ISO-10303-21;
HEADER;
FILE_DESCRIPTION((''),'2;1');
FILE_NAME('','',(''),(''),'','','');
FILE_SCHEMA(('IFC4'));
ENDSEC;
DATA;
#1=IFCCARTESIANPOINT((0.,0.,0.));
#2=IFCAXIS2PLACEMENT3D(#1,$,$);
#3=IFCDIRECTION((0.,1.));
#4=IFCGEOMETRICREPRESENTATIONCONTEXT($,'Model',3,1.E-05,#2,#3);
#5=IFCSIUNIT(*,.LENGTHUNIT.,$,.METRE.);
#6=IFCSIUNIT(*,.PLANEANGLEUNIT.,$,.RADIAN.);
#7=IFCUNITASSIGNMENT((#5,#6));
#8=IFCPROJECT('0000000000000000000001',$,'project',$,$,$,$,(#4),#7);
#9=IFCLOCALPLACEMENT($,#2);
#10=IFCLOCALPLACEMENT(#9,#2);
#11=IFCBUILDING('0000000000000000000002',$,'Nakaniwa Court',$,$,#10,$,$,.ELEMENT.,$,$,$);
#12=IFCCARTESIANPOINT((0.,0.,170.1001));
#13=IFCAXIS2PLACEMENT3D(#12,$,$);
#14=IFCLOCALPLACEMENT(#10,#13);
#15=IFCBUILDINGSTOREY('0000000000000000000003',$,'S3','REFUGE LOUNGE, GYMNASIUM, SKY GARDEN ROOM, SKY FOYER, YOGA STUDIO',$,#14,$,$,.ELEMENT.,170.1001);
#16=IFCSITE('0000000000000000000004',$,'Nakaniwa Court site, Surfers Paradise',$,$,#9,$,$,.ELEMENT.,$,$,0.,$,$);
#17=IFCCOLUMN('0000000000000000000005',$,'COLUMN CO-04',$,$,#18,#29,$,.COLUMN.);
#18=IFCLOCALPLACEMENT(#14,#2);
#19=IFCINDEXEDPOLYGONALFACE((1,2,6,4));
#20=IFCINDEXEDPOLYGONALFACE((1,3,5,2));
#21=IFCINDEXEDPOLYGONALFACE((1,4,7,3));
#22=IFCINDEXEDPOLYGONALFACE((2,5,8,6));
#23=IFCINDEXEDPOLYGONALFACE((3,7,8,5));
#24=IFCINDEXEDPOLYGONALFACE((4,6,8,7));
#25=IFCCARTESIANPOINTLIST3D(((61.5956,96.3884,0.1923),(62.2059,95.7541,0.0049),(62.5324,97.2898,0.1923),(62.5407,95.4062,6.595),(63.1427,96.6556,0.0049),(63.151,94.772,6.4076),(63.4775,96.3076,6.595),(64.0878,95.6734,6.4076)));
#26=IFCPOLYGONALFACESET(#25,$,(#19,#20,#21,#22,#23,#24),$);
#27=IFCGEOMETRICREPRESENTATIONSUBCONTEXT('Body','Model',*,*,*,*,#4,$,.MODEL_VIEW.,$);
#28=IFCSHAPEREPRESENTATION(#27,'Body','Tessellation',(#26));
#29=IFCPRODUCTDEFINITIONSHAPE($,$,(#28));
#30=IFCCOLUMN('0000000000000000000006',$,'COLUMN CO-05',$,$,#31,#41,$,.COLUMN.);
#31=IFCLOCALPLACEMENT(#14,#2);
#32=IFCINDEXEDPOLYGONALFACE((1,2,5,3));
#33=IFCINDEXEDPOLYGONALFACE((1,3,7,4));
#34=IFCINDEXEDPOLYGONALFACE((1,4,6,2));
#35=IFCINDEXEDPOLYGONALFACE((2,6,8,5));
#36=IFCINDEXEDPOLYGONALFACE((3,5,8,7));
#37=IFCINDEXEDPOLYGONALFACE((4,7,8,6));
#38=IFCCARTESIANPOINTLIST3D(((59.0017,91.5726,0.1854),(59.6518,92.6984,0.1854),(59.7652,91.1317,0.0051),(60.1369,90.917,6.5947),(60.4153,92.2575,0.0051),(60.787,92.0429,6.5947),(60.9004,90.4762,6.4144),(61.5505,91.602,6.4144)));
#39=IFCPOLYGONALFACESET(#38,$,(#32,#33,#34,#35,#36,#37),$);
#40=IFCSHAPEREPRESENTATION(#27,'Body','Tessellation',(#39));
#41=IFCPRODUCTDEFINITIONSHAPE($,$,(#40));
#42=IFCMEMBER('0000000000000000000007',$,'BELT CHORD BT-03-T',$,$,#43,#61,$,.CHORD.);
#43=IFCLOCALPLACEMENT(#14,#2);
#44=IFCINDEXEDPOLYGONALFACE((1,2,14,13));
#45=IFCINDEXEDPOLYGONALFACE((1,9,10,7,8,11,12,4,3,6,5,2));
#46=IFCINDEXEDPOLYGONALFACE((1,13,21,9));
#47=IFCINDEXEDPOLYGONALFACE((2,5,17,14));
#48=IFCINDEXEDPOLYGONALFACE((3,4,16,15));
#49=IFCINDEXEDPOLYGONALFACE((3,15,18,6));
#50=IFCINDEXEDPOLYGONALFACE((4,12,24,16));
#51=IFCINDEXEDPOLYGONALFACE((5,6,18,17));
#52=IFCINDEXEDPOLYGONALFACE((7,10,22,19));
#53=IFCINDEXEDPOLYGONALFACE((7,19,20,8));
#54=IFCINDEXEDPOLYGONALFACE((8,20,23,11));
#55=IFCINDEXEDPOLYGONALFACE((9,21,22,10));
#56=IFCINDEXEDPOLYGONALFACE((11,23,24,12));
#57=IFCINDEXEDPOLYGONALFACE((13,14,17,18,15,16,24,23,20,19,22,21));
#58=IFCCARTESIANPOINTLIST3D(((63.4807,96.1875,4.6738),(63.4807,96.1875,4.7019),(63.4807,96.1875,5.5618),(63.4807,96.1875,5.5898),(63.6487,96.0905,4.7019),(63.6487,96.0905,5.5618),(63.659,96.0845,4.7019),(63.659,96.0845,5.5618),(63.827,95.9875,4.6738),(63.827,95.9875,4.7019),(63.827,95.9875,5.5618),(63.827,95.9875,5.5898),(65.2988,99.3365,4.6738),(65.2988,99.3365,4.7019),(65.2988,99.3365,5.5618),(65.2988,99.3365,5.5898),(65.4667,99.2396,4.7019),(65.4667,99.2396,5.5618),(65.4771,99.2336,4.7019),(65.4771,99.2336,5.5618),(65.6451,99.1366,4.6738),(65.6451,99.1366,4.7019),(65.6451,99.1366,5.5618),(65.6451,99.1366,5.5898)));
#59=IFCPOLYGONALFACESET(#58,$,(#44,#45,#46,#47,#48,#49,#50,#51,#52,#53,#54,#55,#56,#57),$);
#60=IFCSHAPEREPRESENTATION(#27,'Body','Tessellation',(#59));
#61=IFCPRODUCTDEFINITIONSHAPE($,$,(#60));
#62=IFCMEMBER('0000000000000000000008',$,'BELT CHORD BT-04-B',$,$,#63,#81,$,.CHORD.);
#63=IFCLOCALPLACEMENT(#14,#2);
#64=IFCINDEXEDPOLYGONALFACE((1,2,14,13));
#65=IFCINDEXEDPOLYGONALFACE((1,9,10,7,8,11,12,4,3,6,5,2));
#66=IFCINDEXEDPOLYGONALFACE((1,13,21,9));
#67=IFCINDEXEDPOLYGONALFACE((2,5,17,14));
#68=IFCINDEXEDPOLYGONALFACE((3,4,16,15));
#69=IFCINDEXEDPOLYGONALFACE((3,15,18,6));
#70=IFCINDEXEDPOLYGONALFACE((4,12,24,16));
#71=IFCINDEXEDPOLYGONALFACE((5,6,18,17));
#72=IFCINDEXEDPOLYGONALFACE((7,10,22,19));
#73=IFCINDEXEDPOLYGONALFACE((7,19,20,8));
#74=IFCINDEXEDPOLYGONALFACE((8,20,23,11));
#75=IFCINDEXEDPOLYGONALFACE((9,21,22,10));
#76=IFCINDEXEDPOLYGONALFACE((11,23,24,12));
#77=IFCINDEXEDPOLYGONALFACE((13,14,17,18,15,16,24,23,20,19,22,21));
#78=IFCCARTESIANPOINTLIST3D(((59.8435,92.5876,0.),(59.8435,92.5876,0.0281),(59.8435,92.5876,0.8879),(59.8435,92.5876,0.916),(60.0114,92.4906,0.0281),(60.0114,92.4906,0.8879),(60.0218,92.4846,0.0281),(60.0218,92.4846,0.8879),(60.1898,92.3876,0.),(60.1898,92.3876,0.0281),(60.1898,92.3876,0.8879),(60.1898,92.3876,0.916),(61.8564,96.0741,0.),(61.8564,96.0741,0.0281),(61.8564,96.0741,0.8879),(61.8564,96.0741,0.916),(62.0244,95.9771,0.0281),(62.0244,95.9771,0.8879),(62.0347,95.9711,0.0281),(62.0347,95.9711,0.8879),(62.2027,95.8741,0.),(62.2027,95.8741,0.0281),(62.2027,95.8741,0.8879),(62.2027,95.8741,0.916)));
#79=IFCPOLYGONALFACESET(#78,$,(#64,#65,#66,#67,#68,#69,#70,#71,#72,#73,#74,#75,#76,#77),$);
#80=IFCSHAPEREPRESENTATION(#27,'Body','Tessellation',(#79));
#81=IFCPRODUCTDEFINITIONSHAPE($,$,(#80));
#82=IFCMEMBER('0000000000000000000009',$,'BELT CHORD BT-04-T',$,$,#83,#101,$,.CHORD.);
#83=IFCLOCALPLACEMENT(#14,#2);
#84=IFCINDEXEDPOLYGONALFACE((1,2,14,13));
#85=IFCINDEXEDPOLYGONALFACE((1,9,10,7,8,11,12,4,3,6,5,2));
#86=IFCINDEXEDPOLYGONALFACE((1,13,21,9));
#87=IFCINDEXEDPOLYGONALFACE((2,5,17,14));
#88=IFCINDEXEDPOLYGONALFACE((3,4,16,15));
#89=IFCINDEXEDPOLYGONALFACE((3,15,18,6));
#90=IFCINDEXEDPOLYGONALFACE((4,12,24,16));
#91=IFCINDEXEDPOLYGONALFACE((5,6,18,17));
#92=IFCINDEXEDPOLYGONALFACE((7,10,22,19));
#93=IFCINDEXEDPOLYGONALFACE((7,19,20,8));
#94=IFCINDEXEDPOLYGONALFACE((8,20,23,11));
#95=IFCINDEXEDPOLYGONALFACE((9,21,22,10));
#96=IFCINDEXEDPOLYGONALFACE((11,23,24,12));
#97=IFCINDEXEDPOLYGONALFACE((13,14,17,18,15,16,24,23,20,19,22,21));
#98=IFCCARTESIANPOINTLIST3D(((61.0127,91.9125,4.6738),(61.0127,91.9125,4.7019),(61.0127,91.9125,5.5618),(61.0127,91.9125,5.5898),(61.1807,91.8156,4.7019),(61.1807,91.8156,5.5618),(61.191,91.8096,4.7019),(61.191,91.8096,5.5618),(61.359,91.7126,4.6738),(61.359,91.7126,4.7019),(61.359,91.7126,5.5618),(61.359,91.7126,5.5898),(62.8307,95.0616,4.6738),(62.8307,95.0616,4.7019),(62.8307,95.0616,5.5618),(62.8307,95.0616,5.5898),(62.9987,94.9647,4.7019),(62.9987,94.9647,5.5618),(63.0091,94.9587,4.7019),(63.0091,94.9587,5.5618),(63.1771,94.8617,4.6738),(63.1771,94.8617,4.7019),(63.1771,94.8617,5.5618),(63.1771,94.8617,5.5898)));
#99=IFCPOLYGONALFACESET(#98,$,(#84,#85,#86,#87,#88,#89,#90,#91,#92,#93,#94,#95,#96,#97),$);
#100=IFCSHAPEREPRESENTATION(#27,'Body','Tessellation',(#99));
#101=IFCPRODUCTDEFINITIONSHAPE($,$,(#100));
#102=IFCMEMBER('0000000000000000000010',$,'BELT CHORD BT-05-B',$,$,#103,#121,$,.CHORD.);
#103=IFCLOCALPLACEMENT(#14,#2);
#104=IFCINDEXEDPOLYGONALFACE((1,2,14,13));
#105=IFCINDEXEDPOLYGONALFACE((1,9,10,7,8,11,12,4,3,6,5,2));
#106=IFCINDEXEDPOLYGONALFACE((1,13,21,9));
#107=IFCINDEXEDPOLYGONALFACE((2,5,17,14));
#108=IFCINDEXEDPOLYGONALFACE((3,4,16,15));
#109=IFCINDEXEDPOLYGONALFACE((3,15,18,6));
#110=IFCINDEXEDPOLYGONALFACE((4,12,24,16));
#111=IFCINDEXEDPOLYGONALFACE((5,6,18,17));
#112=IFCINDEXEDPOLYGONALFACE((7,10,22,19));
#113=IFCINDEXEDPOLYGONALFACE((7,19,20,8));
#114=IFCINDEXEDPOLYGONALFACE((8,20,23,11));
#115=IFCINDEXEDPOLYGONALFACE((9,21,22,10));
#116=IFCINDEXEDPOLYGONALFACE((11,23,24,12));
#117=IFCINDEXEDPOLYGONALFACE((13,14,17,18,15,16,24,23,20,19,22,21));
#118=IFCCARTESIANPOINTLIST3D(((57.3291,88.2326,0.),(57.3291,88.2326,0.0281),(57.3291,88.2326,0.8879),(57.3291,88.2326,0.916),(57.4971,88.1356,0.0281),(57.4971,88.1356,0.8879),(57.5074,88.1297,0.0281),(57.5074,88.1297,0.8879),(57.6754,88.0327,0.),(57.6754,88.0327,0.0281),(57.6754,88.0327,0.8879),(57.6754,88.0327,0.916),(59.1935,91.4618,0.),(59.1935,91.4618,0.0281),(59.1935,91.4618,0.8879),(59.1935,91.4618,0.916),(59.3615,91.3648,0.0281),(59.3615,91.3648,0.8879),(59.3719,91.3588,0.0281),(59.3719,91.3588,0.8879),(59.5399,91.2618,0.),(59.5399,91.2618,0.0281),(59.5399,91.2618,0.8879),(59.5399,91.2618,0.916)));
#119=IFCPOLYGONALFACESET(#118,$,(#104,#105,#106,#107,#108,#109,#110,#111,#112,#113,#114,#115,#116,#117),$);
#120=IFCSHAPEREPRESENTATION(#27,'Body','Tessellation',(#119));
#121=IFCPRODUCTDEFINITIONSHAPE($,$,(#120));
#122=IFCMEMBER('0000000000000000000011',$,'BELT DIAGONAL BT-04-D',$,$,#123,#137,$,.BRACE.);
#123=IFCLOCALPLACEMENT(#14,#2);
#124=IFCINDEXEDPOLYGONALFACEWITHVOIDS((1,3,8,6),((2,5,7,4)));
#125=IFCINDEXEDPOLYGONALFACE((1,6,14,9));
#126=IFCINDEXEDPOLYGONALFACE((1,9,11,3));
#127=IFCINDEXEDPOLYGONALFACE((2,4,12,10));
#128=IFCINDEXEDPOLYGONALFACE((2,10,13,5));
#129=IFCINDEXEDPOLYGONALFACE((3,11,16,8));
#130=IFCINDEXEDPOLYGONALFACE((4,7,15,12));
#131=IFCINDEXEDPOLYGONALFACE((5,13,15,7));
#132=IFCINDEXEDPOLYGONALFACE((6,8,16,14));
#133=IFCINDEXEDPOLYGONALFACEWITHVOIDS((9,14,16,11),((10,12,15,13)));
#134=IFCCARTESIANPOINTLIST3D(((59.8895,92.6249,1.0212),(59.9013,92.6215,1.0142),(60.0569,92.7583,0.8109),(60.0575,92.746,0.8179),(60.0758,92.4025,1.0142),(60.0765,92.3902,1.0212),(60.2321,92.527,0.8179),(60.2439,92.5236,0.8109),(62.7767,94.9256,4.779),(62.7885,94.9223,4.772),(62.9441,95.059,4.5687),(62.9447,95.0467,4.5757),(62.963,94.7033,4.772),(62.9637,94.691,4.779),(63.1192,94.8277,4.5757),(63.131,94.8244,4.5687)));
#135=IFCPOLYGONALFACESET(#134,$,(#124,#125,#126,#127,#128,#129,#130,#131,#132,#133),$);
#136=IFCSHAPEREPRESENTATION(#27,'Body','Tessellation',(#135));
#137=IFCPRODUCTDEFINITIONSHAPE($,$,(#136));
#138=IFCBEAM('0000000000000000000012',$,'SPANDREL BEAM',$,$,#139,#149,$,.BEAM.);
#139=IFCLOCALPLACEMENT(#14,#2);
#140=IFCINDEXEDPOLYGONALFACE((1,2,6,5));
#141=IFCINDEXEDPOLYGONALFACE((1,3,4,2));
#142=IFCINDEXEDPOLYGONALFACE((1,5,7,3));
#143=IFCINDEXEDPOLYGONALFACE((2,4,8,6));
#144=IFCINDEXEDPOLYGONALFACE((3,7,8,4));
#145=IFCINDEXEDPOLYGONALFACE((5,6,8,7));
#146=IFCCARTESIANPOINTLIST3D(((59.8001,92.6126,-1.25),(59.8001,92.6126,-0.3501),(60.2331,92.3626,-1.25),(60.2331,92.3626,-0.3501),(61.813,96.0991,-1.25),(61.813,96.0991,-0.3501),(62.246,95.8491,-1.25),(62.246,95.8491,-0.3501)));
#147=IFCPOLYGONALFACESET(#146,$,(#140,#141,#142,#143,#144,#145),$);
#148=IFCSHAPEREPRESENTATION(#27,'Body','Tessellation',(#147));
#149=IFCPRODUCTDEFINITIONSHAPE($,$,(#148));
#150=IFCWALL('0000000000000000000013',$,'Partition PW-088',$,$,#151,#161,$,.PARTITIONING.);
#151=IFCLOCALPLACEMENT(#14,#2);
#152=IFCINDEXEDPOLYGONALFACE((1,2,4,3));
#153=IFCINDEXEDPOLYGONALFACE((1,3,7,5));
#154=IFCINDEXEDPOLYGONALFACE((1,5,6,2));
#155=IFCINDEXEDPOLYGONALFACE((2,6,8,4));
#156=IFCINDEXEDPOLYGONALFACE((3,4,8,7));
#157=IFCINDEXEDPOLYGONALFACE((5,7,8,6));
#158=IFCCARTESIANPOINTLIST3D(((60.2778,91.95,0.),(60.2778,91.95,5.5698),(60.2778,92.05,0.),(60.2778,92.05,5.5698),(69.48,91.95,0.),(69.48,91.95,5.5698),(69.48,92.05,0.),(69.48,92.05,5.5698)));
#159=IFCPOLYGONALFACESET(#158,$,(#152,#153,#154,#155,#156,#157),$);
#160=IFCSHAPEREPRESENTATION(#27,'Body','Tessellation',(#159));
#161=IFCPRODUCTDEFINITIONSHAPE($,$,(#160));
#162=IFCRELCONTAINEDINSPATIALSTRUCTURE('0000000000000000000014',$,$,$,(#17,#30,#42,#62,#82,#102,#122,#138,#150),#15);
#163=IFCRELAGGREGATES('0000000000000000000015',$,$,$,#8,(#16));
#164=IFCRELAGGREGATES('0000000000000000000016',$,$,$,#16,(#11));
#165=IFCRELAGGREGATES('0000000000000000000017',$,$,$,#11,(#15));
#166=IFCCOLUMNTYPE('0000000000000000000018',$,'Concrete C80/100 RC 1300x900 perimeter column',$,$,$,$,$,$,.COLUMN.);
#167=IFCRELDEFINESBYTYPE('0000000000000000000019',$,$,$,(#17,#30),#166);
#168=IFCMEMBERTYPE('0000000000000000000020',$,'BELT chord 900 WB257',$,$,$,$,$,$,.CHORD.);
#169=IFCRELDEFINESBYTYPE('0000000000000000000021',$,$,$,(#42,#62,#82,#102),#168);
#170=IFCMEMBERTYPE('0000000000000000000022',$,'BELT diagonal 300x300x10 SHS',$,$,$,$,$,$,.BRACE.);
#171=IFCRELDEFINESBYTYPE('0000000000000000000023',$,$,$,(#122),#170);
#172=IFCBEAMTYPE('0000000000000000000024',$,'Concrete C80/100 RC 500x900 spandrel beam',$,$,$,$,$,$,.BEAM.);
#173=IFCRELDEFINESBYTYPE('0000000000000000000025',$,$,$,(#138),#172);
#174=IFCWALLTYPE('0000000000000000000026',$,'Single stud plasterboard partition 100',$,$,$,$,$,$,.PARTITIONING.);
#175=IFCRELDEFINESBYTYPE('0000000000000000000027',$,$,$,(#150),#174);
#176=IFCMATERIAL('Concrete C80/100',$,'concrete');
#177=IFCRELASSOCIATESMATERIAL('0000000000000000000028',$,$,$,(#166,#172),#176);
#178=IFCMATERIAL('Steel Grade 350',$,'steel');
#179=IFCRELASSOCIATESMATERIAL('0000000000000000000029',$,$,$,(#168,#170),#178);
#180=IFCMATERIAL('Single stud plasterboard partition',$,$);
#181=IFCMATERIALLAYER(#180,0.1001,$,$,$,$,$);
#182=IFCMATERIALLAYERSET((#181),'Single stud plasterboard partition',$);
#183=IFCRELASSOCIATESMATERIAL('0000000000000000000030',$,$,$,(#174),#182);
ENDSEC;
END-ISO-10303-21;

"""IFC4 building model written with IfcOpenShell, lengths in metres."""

from ifc_helpers import new_model, si_unit, direction, frame, frame_2d, origin, origin_2d, place, context, subcontext, project, spatial, rectangle, hollow_rectangle, i_section, extrude, material, layer, layer_set, material_profile, profile_set, type_object, element, save


model = new_model("IFC4")

# Units and contexts
model_context = context("Model", 3, precision=1e-05, world=origin(), true_north=direction((0.0, 1.0)))
body_context = subcontext(model_context, "Body", "Model", "MODEL_VIEW")
ifc_project = project(units=[si_unit("LENGTHUNIT", "METRE"), si_unit("PLANEANGLEUNIT", "RADIAN")], contexts=[model_context])

# Site, building, storey
site_placement = place(None, origin())
site = spatial("IfcSite", under=ifc_project, at=site_placement, Name="Nakaniwa Court site, Surfers Paradise", CompositionType="ELEMENT", RefElevation=0.0)
building_placement = place(site_placement, origin())
building = spatial("IfcBuilding", under=site, at=building_placement, Name="Nakaniwa Court", CompositionType="ELEMENT")
storey_placement = place(building_placement, frame((0.0, 0.0, 170.1001)))
storey = spatial("IfcBuildingStorey", under=building, at=storey_placement, Name="S3", Description="REFUGE LOUNGE, GYMNASIUM, SKY GARDEN ROOM, SKY FOYER, YOGA STUDIO", CompositionType="ELEMENT", Elevation=170.1001)

# Columns
ifc_material_1 = material(Name="Concrete C80/100", Category="concrete")
ifc_material_profile_1 = material_profile(ifc_material_1, rectangle(XDim=1.3, YDim=0.8999, at=origin_2d()), Name="Concrete C80/100 RC 1300x900 perimeter column")
ifc_profile_set_1 = profile_set([ifc_material_profile_1], Name="Concrete C80/100")
column_type = type_object("IfcColumnType", Name="Concrete C80/100 RC 1300x900 perimeter column", PredefinedType="COLUMN", material=ifc_profile_set_1)
column_1_placement = place(storey_placement, frame((62.3691, 96.522, 0.0986), z_axis=(0.144372, -0.150041, 0.978082), x_axis=(0.720589, 0.693363, 0.0)))
element("IfcColumn", 1, at=column_1_placement, inside=storey, type_object=column_type, Name="COLUMN CO-04", PredefinedType="COLUMN", context=body_context, shape_type="SweptSolid", body=[
    extrude(rectangle(XDim=1.3, YDim=0.8999, at=origin_2d()), origin(), (0.0, 0.0, 1.0), 6.5461),
])
column_2_placement = place(storey_placement, frame((59.7085, 91.915, 0.0952), z_axis=(0.17353, -0.1002, 0.979718), x_axis=(0.500045, 0.865999, 0.0)))
element("IfcColumn", 2, at=column_2_placement, inside=storey, type_object=column_type, Name="COLUMN CO-05", PredefinedType="COLUMN", context=body_context, shape_type="SweptSolid", body=[
    extrude(rectangle(XDim=1.3, YDim=0.8999, at=origin_2d()), origin(), (0.0, 0.0, 1.0), 6.542),
])

# Members
ifc_material_2 = material(Name="Steel Grade 350", Category="steel")
ifc_material_profile_2 = material_profile(ifc_material_2, i_section(OverallWidth=0.3999, OverallDepth=0.916, WebThickness=0.012, FlangeThickness=0.0281, at=origin_2d()), Name="900WB257")
ifc_profile_set_2 = profile_set([ifc_material_profile_2], Name="Steel Grade 350")
member_type_1 = type_object("IfcMemberType", Name="BELT chord 900 WB257", PredefinedType="CHORD", material=ifc_profile_set_2)
member_1_placement = place(storey_placement, frame((65.4719, 99.2366, 5.1318), z_axis=(-0.499988, -0.866032, 0.0), x_axis=(0.866032, -0.499988, 0.0)))
element("IfcMember", 3, at=member_1_placement, inside=storey, type_object=member_type_1, Name="BELT CHORD BT-03-T", PredefinedType="CHORD", context=body_context, shape_type="SweptSolid", body=[
    extrude(i_section(OverallWidth=0.3999, OverallDepth=0.916, WebThickness=0.012, FlangeThickness=0.0281, at=origin_2d()), origin(), (0.0, 0.0, 1.0), 3.6362),
])
member_2_placement = place(storey_placement, frame((62.0295, 95.9741, 0.458), z_axis=(-0.499994, -0.866029, 0.0), x_axis=(0.866029, -0.499994, 0.0)))
element("IfcMember", 4, at=member_2_placement, inside=storey, type_object=member_type_1, Name="BELT CHORD BT-04-B", PredefinedType="CHORD", context=body_context, shape_type="SweptSolid", body=[
    extrude(i_section(OverallWidth=0.3999, OverallDepth=0.916, WebThickness=0.012, FlangeThickness=0.0281, at=origin_2d()), origin(), (0.0, 0.0, 1.0), 4.0259),
])
member_3_placement = place(storey_placement, frame((63.0039, 94.9617, 5.1318), z_axis=(-0.499988, -0.866032, 0.0), x_axis=(0.866032, -0.499988, 0.0)))
element("IfcMember", 5, at=member_3_placement, inside=storey, type_object=member_type_1, Name="BELT CHORD BT-04-T", PredefinedType="CHORD", context=body_context, shape_type="SweptSolid", body=[
    extrude(i_section(OverallWidth=0.3999, OverallDepth=0.916, WebThickness=0.012, FlangeThickness=0.0281, at=origin_2d()), origin(), (0.0, 0.0, 1.0), 3.6362),
])
member_4_placement = place(storey_placement, frame((59.3667, 91.3618, 0.458), z_axis=(-0.500019, -0.866014, 0.0), x_axis=(0.866014, -0.500019, 0.0)))
element("IfcMember", 6, at=member_4_placement, inside=storey, type_object=member_type_1, Name="BELT CHORD BT-05-B", PredefinedType="CHORD", context=body_context, shape_type="SweptSolid", body=[
    extrude(i_section(OverallWidth=0.3999, OverallDepth=0.916, WebThickness=0.012, FlangeThickness=0.0281, at=origin_2d()), origin(), (0.0, 0.0, 1.0), 3.7288),
])
ifc_material_profile_3 = material_profile(ifc_material_2, hollow_rectangle(XDim=0.3, YDim=0.3, WallThickness=0.01, at=origin_2d()), Name="BELT diagonal 300x300x10 SHS")
ifc_profile_set_3 = profile_set([ifc_material_profile_3], Name="Steel Grade 350")
member_type_2 = type_object("IfcMemberType", Name="BELT diagonal 300x300x10 SHS", PredefinedType="BRACE", material=ifc_profile_set_3)
member_5_placement = place(storey_placement, frame((62.9539, 94.875, 4.6738), z_axis=(-0.548076, -0.436755, -0.713342), x_axis=(0.62321, -0.782055, 0.0)))
element("IfcMember", 7, at=member_5_placement, inside=storey, type_object=member_type_2, Name="BELT DIAGONAL BT-04-D", PredefinedType="BRACE", context=body_context, shape_type="SweptSolid", body=[
    extrude(hollow_rectangle(XDim=0.3, YDim=0.3, WallThickness=0.01, at=origin_2d()), origin(), (0.0, 0.0, 1.0), 5.2678),
])

# Beam
ifc_material_profile_4 = material_profile(ifc_material_1, rectangle(XDim=0.5, YDim=0.8999, at=origin_2d()), Name="Concrete C80/100 RC 500x900 spandrel beam")
ifc_profile_set_4 = profile_set([ifc_material_profile_4], Name="Concrete C80/100")
beam_type = type_object("IfcBeamType", Name="Concrete C80/100 RC 500x900 spandrel beam", PredefinedType="BEAM", material=ifc_profile_set_4)
beam_placement = place(storey_placement, frame((62.0295, 95.9741, -0.8), z_axis=(-0.499994, -0.866029, 0.0), x_axis=(0.866029, -0.499994, 0.0)))
element("IfcBeam", 8, at=beam_placement, inside=storey, type_object=beam_type, Name="SPANDREL BEAM", PredefinedType="BEAM", context=body_context, shape_type="SweptSolid", body=[
    extrude(rectangle(XDim=0.5, YDim=0.8999, at=origin_2d()), origin(), (0.0, 0.0, 1.0), 4.0259),
])

# Wall
ifc_material_3 = material(Name="Single stud plasterboard partition")
ifc_layer = layer(ifc_material_3, 0.1001)
ifc_layer_set = layer_set([ifc_layer], Name="Single stud plasterboard partition")
wall_type = type_object("IfcWallType", Name="Single stud plasterboard partition 100", PredefinedType="PARTITIONING", material=ifc_layer_set)
wall_placement = place(storey_placement, frame((60.2778, 92.0, 0.0), z_axis=(0.0, 0.0, 1.0), x_axis=(1.0, 0.0, 0.0)))
element("IfcWall", 9, at=wall_placement, inside=storey, type_object=wall_type, Name="Partition PW-088", PredefinedType="PARTITIONING", context=body_context, shape_type="SweptSolid", body=[
    extrude(rectangle(XDim=9.2021, YDim=0.1001, at=frame_2d((4.6011, 0.0))), origin(), (0.0, 0.0, 1.0), 5.5698),
])

save(model, "model.ifc")
